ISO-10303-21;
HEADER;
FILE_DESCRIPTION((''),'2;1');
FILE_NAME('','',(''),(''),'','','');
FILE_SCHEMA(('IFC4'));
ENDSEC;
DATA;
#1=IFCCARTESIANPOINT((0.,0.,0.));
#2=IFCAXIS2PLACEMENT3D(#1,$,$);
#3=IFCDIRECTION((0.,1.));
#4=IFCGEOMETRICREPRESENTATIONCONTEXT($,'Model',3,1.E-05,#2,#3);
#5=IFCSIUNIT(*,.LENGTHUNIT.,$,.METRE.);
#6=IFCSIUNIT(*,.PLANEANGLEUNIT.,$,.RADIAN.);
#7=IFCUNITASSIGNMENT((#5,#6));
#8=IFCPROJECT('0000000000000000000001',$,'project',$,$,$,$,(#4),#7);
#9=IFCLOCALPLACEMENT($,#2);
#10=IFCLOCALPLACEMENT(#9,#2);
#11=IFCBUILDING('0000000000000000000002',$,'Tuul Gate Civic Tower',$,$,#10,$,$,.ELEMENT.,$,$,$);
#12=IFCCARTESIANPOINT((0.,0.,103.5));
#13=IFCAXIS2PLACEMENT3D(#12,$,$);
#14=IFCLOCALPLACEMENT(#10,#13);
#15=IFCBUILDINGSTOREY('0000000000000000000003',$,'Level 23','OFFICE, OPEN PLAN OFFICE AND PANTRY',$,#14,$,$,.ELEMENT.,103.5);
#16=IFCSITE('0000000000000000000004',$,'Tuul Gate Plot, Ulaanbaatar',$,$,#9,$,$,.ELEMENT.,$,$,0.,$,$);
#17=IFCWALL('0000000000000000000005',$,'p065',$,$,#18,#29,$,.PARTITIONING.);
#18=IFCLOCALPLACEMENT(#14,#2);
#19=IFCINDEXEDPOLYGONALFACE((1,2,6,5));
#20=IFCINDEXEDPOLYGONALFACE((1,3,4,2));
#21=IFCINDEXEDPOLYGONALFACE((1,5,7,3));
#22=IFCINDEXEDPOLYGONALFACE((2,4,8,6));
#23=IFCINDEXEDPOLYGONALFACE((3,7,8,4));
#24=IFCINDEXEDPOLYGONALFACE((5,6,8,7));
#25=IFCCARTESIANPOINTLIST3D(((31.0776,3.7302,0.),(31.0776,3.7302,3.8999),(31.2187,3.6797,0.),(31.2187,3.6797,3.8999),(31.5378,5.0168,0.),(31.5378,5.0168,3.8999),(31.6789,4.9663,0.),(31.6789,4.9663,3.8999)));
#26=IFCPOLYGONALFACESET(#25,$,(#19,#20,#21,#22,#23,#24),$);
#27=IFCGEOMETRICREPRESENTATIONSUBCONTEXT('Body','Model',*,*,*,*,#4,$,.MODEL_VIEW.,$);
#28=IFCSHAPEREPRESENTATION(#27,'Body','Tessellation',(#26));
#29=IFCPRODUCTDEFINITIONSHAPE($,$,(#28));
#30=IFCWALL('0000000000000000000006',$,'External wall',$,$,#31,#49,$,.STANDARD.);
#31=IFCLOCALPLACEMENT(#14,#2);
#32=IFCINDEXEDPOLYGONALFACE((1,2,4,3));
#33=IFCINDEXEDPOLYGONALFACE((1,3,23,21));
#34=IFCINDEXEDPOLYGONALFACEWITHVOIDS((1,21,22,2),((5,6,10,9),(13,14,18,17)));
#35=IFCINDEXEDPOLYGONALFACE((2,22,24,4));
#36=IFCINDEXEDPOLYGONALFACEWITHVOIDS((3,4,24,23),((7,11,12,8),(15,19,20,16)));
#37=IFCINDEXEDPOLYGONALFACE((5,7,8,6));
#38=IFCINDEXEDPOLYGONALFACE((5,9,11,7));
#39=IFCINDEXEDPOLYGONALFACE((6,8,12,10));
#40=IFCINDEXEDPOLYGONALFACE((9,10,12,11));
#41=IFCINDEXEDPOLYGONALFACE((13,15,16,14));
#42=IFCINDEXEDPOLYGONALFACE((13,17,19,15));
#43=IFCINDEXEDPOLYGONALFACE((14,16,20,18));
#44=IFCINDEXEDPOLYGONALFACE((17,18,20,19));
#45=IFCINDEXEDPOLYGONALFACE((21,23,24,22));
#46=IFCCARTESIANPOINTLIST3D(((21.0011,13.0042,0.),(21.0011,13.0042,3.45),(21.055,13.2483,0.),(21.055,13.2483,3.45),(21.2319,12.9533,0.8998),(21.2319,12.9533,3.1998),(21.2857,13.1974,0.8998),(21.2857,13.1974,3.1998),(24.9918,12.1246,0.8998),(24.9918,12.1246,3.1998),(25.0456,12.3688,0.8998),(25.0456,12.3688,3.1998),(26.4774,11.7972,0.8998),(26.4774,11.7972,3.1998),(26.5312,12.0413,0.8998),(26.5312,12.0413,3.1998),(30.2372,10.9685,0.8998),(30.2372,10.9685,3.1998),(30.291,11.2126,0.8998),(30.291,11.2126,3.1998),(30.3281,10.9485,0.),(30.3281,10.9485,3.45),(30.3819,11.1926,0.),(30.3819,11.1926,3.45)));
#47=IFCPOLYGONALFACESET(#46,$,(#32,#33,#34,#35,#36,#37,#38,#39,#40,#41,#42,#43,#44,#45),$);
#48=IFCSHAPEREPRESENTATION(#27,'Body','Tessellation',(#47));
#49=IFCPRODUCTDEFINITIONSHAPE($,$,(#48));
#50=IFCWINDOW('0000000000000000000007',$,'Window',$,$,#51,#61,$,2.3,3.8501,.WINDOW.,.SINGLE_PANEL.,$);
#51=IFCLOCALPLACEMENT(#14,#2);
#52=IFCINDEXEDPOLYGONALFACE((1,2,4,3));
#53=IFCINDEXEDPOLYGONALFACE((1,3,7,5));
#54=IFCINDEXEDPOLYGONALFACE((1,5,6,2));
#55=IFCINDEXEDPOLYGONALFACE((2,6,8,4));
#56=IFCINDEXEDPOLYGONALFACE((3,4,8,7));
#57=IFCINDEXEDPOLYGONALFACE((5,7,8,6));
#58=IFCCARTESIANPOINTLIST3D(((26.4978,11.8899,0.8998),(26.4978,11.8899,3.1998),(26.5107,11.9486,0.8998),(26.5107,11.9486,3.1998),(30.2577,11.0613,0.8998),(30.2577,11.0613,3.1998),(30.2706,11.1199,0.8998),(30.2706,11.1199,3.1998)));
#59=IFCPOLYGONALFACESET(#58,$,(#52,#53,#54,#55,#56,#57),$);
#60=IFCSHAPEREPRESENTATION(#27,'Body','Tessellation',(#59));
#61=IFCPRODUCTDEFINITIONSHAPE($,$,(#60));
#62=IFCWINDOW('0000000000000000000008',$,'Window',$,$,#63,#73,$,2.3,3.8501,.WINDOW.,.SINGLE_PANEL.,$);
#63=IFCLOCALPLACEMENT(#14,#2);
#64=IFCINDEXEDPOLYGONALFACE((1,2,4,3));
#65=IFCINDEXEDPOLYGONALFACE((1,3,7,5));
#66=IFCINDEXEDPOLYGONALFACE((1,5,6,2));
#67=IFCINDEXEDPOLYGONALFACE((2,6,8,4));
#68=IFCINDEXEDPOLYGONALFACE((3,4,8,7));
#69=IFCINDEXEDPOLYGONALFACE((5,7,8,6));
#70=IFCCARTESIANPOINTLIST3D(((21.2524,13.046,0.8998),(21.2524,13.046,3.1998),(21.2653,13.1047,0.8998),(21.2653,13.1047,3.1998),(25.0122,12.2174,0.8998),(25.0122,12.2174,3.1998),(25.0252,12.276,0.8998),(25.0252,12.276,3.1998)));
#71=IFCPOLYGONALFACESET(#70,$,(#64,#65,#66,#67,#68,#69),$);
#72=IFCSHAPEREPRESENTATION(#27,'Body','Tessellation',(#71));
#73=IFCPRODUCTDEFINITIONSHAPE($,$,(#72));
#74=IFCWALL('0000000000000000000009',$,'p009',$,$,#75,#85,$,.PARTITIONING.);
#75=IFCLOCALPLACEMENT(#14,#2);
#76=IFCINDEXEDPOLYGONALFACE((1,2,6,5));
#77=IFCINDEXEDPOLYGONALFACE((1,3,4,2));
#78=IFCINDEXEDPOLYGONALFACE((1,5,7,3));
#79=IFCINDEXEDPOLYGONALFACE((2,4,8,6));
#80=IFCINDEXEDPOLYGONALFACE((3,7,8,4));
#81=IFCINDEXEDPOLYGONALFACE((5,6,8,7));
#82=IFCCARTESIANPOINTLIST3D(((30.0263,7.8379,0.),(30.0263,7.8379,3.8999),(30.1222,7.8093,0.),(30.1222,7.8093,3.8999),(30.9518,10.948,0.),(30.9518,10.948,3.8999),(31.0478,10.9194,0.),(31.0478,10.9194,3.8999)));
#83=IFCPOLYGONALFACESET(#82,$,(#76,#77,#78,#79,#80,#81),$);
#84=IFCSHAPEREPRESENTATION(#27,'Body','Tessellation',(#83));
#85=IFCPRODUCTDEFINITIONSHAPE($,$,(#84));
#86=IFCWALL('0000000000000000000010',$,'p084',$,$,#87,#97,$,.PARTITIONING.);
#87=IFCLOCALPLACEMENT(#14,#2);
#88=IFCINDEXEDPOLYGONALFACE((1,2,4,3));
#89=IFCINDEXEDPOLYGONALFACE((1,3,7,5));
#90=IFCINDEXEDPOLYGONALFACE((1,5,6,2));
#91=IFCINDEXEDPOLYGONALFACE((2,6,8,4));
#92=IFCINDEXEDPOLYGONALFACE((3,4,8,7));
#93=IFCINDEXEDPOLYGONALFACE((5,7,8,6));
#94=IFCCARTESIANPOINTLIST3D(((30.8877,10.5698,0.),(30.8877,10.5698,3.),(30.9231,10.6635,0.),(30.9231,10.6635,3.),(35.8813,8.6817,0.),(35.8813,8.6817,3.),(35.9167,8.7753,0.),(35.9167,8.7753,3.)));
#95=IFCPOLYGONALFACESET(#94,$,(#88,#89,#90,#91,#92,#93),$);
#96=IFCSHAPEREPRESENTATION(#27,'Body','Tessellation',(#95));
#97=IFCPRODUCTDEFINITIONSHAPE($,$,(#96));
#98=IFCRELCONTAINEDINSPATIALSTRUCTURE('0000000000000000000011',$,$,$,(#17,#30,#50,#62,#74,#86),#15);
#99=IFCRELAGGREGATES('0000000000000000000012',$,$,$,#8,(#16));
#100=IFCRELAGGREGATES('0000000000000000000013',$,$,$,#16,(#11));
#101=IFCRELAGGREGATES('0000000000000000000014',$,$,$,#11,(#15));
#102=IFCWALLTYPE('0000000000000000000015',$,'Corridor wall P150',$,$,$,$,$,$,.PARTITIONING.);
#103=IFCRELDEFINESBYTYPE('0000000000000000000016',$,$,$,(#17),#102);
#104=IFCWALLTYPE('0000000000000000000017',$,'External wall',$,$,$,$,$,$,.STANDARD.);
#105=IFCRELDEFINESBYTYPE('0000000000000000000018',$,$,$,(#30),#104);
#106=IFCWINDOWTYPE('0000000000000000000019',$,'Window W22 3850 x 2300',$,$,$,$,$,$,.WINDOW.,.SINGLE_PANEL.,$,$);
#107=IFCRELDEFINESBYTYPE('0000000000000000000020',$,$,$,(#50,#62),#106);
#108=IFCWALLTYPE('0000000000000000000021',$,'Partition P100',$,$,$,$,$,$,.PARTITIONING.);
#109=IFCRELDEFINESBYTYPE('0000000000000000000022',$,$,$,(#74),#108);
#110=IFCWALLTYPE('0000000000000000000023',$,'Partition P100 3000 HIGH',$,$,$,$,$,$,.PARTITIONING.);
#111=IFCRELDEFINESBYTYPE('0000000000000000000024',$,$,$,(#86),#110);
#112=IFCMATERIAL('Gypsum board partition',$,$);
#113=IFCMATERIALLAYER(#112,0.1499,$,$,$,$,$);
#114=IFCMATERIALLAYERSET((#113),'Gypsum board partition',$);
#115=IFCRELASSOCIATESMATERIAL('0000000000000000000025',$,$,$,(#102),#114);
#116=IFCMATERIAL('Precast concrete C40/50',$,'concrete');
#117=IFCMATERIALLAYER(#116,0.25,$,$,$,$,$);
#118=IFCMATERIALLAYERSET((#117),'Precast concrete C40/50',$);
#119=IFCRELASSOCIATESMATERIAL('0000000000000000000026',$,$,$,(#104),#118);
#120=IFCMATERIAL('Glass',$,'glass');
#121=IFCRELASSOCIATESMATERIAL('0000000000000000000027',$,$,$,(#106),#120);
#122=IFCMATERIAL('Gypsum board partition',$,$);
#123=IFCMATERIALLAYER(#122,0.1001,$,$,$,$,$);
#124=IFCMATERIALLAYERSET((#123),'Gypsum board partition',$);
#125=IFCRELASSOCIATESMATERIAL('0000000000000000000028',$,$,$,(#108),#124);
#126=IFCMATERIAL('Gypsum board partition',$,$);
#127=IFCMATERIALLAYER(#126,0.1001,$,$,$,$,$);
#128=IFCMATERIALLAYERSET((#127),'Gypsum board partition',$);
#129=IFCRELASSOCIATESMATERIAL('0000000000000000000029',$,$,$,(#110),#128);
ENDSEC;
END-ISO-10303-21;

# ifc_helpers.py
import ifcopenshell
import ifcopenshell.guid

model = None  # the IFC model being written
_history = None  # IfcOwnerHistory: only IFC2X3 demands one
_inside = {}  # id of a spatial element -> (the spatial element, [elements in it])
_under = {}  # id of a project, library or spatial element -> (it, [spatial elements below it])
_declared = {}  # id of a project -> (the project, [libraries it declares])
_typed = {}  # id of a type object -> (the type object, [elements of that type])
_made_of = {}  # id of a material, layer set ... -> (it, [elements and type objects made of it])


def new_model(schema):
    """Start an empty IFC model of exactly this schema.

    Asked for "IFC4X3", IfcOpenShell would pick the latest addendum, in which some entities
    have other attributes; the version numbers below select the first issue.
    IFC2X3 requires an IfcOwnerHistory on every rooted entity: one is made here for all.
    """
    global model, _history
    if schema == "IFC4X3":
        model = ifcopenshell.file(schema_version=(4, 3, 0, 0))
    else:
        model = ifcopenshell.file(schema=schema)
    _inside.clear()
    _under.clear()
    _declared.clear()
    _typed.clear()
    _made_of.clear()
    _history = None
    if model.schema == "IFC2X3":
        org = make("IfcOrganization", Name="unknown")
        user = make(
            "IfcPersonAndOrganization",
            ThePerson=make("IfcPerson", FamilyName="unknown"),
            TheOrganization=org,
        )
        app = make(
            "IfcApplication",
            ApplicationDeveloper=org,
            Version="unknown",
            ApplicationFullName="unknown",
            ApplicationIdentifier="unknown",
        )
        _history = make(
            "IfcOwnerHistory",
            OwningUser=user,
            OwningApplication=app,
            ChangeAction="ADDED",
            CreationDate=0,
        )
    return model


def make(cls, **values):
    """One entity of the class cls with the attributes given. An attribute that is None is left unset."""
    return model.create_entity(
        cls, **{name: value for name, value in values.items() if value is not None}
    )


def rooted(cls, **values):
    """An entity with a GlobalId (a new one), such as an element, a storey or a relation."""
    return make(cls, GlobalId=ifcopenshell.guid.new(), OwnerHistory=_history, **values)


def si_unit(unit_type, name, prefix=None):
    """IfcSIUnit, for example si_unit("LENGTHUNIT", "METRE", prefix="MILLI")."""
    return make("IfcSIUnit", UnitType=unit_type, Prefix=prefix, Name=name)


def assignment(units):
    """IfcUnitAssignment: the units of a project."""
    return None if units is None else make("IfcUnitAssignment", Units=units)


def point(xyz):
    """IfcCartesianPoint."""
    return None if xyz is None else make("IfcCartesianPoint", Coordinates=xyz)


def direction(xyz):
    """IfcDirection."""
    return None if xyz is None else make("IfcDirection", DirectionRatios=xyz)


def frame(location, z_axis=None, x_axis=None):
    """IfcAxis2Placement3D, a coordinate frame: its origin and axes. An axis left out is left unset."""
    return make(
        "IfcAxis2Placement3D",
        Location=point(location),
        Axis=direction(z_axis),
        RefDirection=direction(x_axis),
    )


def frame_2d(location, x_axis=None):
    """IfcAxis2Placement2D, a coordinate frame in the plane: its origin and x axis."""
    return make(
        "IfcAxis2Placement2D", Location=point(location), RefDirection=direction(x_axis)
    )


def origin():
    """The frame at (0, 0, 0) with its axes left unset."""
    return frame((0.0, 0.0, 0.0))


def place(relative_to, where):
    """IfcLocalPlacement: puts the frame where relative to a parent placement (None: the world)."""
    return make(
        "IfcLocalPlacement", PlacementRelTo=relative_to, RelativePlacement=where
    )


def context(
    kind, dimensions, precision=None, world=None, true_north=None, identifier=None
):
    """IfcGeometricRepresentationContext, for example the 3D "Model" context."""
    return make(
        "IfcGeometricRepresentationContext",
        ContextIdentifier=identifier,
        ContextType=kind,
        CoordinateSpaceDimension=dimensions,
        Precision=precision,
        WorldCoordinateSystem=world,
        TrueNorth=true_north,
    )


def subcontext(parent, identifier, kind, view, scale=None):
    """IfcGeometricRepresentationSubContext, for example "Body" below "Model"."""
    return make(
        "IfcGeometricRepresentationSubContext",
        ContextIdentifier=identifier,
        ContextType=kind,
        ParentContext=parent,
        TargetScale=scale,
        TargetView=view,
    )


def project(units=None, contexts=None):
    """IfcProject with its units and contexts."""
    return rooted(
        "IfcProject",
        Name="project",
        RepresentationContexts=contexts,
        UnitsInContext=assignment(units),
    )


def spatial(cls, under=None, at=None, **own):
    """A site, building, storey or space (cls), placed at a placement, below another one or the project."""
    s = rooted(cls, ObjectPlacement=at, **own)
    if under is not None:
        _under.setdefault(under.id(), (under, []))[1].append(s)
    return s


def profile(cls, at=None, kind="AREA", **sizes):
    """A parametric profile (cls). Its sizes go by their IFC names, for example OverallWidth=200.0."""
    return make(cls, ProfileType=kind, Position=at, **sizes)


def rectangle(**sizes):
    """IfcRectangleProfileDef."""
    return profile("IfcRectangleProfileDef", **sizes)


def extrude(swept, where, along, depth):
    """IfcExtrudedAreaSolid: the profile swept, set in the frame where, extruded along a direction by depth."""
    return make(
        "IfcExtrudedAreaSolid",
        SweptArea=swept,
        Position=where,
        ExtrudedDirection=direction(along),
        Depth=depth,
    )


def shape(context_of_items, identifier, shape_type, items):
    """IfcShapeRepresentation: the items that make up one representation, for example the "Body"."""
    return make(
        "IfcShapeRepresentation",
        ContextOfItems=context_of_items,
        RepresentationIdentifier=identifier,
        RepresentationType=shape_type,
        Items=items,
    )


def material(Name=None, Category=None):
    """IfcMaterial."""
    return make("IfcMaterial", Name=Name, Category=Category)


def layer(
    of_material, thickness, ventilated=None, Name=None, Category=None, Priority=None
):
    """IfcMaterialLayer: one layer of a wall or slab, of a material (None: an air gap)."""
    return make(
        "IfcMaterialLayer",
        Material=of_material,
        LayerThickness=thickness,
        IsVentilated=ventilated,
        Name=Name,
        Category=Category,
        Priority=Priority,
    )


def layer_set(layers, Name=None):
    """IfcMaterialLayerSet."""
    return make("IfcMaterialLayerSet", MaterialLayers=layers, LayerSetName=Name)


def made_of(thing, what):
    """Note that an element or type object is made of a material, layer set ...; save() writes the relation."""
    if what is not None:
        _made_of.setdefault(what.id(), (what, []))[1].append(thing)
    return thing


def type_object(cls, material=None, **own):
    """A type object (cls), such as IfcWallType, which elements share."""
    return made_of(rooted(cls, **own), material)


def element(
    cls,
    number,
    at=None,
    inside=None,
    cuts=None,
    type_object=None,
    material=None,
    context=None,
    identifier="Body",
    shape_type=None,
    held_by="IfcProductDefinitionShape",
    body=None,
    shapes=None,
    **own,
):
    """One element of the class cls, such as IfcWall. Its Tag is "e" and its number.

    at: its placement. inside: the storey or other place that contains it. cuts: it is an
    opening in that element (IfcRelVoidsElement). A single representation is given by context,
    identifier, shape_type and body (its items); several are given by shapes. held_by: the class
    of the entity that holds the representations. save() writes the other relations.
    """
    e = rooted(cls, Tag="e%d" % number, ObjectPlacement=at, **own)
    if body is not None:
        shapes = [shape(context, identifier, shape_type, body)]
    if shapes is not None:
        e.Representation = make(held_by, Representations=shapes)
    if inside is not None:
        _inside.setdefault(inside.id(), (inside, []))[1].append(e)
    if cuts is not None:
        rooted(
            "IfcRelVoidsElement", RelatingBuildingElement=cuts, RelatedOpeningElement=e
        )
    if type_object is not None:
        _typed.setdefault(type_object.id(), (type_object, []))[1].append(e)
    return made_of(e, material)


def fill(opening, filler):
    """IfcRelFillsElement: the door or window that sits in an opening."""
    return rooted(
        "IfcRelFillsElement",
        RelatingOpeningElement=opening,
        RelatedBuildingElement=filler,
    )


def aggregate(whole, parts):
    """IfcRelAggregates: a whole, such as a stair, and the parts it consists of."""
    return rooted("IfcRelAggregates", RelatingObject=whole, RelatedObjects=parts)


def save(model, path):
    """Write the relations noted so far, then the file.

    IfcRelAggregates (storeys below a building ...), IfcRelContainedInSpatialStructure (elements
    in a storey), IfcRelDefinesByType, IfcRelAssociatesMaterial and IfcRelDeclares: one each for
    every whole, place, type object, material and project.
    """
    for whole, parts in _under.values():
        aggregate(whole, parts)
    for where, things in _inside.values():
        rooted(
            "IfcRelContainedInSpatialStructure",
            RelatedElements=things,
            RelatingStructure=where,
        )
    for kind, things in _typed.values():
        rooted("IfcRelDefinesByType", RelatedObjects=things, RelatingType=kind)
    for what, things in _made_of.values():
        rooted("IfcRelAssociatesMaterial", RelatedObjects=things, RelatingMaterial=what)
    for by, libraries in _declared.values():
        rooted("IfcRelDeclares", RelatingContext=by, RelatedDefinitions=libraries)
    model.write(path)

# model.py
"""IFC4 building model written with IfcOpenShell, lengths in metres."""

from ifc_helpers import new_model, si_unit, direction, frame, frame_2d, origin, place, context, subcontext, project, spatial, rectangle, extrude, material, layer, layer_set, type_object, element, fill, save


model = new_model("IFC4")

# Units and contexts
model_context = context("Model", 3, precision=1e-05, world=origin(), true_north=direction((0.0, 1.0)))
body_context = subcontext(model_context, "Body", "Model", "MODEL_VIEW")
ifc_project = project(units=[si_unit("LENGTHUNIT", "METRE"), si_unit("PLANEANGLEUNIT", "RADIAN")], contexts=[model_context])

# Site, building, storey
site_placement = place(None, origin())
site = spatial("IfcSite", under=ifc_project, at=site_placement, Name="Tuul Gate Plot, Ulaanbaatar", CompositionType="ELEMENT", RefElevation=0.0)
building_placement = place(site_placement, origin())
building = spatial("IfcBuilding", under=site, at=building_placement, Name="Tuul Gate Civic Tower", CompositionType="ELEMENT")
storey_placement = place(building_placement, frame((0.0, 0.0, 103.5)))
storey = spatial("IfcBuildingStorey", under=building, at=storey_placement, Name="Level 23", Description="OFFICE, OPEN PLAN OFFICE AND PANTRY", CompositionType="ELEMENT", Elevation=103.5)

# Shared definitions
ifc_material_1 = material(Name="Gypsum board partition")
ifc_layer_1 = layer(ifc_material_1, 0.1499)
ifc_layer_set_1 = layer_set([ifc_layer_1], Name="Gypsum board partition")
wall_type_1 = type_object("IfcWallType", Name="Corridor wall P150", PredefinedType="PARTITIONING", material=ifc_layer_set_1)

# Wall
wall_1_placement = place(storey_placement, frame((31.1482, 3.7051, 0.0), z_axis=(0.0, 0.0, 1.0), x_axis=(0.336789, 0.94158, 0.0)))
element("IfcWall", 1, at=wall_1_placement, inside=storey, type_object=wall_type_1, Name="p065", PredefinedType="PARTITIONING", context=body_context, shape_type="SweptSolid", body=[
    extrude(rectangle(XDim=1.3665, YDim=0.1499, at=frame_2d((0.6831, 0.0))), origin(), (0.0, 0.0, 1.0), 3.8999),
])

# Wall, openings, windows
ifc_material_2 = material(Name="Precast concrete C40/50", Category="concrete")
ifc_layer_2 = layer(ifc_material_2, 0.25)
ifc_layer_set_2 = layer_set([ifc_layer_2], Name="Precast concrete C40/50")
wall_type_2 = type_object("IfcWallType", Name="External wall", PredefinedType="STANDARD", material=ifc_layer_set_2)
wall_2_placement = place(storey_placement, frame((30.355, 11.0706, 0.0), z_axis=(0.0, 0.0, 1.0), x_axis=(-0.976562, 0.215236, 0.0)))
wall_2 = element("IfcWall", 2, at=wall_2_placement, inside=storey, type_object=wall_type_2, Name="External wall", PredefinedType="STANDARD", context=body_context, shape_type="SweptSolid", body=[
    extrude(rectangle(XDim=9.5508, YDim=0.25, at=frame_2d((4.7754, 0.0))), origin(), (0.0, 0.0, 1.0), 3.45),
])
opening_1_placement = place(wall_2_placement, frame((0.093, 0.0, 0.8999)))
opening_1 = element("IfcOpeningElement", 3, at=opening_1_placement, cuts=wall_2, PredefinedType="OPENING", context=body_context, shape_type="SweptSolid", body=[
    extrude(rectangle(XDim=3.8501, YDim=2.3, at=frame_2d((1.925, 1.1499))), frame((0.0, 0.135, 0.0), z_axis=(0.0, -1.0, 0.0), x_axis=(1.0, 0.0, 0.0)), (0.0, 0.0, 1.0), 0.27),
])
opening_2_placement = place(wall_2_placement, frame((5.4644, 0.0, 0.8999)))
opening_2 = element("IfcOpeningElement", 4, at=opening_2_placement, cuts=wall_2, PredefinedType="OPENING", context=body_context, shape_type="SweptSolid", body=[
    extrude(rectangle(XDim=3.8501, YDim=2.3, at=frame_2d((1.925, 1.1499))), frame((0.0, 0.135, 0.0), z_axis=(0.0, -1.0, 0.0), x_axis=(1.0, 0.0, 0.0)), (0.0, 0.0, 1.0), 0.27),
])
ifc_material_3 = material(Name="Glass", Category="glass")
window_type = type_object("IfcWindowType", Name="Window W22 3850 x 2300", PartitioningType="SINGLE_PANEL", PredefinedType="WINDOW", material=ifc_material_3)
window_1_placement = place(opening_1_placement, origin())
window_1 = element("IfcWindow", 5, at=window_1_placement, inside=storey, type_object=window_type, Name="Window", OverallHeight=2.3, OverallWidth=3.8501, PartitioningType="SINGLE_PANEL", PredefinedType="WINDOW", context=body_context, shape_type="SweptSolid", body=[
    extrude(rectangle(XDim=3.8501, YDim=2.3, at=frame_2d((1.925, 1.1499))), frame((0.0, 0.03, 0.0), z_axis=(0.0, -1.0, 0.0), x_axis=(1.0, 0.0, 0.0)), (0.0, 0.0, 1.0), 0.0601),
])
fill(opening_1, window_1)
window_2_placement = place(opening_2_placement, origin())
window_2 = element("IfcWindow", 6, at=window_2_placement, inside=storey, type_object=window_type, Name="Window", OverallHeight=2.3, OverallWidth=3.8501, PartitioningType="SINGLE_PANEL", PredefinedType="WINDOW", context=body_context, shape_type="SweptSolid", body=[
    extrude(rectangle(XDim=3.8501, YDim=2.3, at=frame_2d((1.925, 1.1499))), frame((0.0, 0.03, 0.0), z_axis=(0.0, -1.0, 0.0), x_axis=(1.0, 0.0, 0.0)), (0.0, 0.0, 1.0), 0.0601),
])
fill(opening_2, window_2)

# Walls
ifc_material_4 = material(Name="Gypsum board partition")
ifc_layer_3 = layer(ifc_material_4, 0.1001)
ifc_layer_set_3 = layer_set([ifc_layer_3], Name="Gypsum board partition")
wall_type_3 = type_object("IfcWallType", Name="Partition P100", PredefinedType="PARTITIONING", material=ifc_layer_set_3)
wall_3_placement = place(storey_placement, frame((30.0742, 7.8235, 0.0), z_axis=(0.0, 0.0, 1.0), x_axis=(0.285228, 0.95846, 0.0)))
element("IfcWall", 7, at=wall_3_placement, inside=storey, type_object=wall_type_3, Name="p009", PredefinedType="PARTITIONING", context=body_context, shape_type="SweptSolid", body=[
    extrude(rectangle(XDim=3.2449, YDim=0.1001, at=frame_2d((1.6226, 0.0))), origin(), (0.0, 0.0, 1.0), 3.8999),
])
ifc_material_5 = material(Name="Gypsum board partition")
ifc_layer_4 = layer(ifc_material_5, 0.1001)
ifc_layer_set_4 = layer_set([ifc_layer_4], Name="Gypsum board partition")
wall_type_4 = type_object("IfcWallType", Name="Partition P100 3000 HIGH", PredefinedType="PARTITIONING", material=ifc_layer_set_4)
wall_4_placement = place(storey_placement, frame((30.9053, 10.6167, 0.0), z_axis=(0.0, 0.0, 1.0), x_axis=(0.935367, -0.353678, 0.0)))
element("IfcWall", 8, at=wall_4_placement, inside=storey, type_object=wall_type_4, Name="p084", PredefinedType="PARTITIONING", context=body_context, shape_type="SweptSolid", body=[
    extrude(rectangle(XDim=5.3386, YDim=0.1001, at=frame_2d((2.6694, 0.0))), origin(), (0.0, 0.0, 1.0), 3.0),
])

save(model, "model.ifc")
